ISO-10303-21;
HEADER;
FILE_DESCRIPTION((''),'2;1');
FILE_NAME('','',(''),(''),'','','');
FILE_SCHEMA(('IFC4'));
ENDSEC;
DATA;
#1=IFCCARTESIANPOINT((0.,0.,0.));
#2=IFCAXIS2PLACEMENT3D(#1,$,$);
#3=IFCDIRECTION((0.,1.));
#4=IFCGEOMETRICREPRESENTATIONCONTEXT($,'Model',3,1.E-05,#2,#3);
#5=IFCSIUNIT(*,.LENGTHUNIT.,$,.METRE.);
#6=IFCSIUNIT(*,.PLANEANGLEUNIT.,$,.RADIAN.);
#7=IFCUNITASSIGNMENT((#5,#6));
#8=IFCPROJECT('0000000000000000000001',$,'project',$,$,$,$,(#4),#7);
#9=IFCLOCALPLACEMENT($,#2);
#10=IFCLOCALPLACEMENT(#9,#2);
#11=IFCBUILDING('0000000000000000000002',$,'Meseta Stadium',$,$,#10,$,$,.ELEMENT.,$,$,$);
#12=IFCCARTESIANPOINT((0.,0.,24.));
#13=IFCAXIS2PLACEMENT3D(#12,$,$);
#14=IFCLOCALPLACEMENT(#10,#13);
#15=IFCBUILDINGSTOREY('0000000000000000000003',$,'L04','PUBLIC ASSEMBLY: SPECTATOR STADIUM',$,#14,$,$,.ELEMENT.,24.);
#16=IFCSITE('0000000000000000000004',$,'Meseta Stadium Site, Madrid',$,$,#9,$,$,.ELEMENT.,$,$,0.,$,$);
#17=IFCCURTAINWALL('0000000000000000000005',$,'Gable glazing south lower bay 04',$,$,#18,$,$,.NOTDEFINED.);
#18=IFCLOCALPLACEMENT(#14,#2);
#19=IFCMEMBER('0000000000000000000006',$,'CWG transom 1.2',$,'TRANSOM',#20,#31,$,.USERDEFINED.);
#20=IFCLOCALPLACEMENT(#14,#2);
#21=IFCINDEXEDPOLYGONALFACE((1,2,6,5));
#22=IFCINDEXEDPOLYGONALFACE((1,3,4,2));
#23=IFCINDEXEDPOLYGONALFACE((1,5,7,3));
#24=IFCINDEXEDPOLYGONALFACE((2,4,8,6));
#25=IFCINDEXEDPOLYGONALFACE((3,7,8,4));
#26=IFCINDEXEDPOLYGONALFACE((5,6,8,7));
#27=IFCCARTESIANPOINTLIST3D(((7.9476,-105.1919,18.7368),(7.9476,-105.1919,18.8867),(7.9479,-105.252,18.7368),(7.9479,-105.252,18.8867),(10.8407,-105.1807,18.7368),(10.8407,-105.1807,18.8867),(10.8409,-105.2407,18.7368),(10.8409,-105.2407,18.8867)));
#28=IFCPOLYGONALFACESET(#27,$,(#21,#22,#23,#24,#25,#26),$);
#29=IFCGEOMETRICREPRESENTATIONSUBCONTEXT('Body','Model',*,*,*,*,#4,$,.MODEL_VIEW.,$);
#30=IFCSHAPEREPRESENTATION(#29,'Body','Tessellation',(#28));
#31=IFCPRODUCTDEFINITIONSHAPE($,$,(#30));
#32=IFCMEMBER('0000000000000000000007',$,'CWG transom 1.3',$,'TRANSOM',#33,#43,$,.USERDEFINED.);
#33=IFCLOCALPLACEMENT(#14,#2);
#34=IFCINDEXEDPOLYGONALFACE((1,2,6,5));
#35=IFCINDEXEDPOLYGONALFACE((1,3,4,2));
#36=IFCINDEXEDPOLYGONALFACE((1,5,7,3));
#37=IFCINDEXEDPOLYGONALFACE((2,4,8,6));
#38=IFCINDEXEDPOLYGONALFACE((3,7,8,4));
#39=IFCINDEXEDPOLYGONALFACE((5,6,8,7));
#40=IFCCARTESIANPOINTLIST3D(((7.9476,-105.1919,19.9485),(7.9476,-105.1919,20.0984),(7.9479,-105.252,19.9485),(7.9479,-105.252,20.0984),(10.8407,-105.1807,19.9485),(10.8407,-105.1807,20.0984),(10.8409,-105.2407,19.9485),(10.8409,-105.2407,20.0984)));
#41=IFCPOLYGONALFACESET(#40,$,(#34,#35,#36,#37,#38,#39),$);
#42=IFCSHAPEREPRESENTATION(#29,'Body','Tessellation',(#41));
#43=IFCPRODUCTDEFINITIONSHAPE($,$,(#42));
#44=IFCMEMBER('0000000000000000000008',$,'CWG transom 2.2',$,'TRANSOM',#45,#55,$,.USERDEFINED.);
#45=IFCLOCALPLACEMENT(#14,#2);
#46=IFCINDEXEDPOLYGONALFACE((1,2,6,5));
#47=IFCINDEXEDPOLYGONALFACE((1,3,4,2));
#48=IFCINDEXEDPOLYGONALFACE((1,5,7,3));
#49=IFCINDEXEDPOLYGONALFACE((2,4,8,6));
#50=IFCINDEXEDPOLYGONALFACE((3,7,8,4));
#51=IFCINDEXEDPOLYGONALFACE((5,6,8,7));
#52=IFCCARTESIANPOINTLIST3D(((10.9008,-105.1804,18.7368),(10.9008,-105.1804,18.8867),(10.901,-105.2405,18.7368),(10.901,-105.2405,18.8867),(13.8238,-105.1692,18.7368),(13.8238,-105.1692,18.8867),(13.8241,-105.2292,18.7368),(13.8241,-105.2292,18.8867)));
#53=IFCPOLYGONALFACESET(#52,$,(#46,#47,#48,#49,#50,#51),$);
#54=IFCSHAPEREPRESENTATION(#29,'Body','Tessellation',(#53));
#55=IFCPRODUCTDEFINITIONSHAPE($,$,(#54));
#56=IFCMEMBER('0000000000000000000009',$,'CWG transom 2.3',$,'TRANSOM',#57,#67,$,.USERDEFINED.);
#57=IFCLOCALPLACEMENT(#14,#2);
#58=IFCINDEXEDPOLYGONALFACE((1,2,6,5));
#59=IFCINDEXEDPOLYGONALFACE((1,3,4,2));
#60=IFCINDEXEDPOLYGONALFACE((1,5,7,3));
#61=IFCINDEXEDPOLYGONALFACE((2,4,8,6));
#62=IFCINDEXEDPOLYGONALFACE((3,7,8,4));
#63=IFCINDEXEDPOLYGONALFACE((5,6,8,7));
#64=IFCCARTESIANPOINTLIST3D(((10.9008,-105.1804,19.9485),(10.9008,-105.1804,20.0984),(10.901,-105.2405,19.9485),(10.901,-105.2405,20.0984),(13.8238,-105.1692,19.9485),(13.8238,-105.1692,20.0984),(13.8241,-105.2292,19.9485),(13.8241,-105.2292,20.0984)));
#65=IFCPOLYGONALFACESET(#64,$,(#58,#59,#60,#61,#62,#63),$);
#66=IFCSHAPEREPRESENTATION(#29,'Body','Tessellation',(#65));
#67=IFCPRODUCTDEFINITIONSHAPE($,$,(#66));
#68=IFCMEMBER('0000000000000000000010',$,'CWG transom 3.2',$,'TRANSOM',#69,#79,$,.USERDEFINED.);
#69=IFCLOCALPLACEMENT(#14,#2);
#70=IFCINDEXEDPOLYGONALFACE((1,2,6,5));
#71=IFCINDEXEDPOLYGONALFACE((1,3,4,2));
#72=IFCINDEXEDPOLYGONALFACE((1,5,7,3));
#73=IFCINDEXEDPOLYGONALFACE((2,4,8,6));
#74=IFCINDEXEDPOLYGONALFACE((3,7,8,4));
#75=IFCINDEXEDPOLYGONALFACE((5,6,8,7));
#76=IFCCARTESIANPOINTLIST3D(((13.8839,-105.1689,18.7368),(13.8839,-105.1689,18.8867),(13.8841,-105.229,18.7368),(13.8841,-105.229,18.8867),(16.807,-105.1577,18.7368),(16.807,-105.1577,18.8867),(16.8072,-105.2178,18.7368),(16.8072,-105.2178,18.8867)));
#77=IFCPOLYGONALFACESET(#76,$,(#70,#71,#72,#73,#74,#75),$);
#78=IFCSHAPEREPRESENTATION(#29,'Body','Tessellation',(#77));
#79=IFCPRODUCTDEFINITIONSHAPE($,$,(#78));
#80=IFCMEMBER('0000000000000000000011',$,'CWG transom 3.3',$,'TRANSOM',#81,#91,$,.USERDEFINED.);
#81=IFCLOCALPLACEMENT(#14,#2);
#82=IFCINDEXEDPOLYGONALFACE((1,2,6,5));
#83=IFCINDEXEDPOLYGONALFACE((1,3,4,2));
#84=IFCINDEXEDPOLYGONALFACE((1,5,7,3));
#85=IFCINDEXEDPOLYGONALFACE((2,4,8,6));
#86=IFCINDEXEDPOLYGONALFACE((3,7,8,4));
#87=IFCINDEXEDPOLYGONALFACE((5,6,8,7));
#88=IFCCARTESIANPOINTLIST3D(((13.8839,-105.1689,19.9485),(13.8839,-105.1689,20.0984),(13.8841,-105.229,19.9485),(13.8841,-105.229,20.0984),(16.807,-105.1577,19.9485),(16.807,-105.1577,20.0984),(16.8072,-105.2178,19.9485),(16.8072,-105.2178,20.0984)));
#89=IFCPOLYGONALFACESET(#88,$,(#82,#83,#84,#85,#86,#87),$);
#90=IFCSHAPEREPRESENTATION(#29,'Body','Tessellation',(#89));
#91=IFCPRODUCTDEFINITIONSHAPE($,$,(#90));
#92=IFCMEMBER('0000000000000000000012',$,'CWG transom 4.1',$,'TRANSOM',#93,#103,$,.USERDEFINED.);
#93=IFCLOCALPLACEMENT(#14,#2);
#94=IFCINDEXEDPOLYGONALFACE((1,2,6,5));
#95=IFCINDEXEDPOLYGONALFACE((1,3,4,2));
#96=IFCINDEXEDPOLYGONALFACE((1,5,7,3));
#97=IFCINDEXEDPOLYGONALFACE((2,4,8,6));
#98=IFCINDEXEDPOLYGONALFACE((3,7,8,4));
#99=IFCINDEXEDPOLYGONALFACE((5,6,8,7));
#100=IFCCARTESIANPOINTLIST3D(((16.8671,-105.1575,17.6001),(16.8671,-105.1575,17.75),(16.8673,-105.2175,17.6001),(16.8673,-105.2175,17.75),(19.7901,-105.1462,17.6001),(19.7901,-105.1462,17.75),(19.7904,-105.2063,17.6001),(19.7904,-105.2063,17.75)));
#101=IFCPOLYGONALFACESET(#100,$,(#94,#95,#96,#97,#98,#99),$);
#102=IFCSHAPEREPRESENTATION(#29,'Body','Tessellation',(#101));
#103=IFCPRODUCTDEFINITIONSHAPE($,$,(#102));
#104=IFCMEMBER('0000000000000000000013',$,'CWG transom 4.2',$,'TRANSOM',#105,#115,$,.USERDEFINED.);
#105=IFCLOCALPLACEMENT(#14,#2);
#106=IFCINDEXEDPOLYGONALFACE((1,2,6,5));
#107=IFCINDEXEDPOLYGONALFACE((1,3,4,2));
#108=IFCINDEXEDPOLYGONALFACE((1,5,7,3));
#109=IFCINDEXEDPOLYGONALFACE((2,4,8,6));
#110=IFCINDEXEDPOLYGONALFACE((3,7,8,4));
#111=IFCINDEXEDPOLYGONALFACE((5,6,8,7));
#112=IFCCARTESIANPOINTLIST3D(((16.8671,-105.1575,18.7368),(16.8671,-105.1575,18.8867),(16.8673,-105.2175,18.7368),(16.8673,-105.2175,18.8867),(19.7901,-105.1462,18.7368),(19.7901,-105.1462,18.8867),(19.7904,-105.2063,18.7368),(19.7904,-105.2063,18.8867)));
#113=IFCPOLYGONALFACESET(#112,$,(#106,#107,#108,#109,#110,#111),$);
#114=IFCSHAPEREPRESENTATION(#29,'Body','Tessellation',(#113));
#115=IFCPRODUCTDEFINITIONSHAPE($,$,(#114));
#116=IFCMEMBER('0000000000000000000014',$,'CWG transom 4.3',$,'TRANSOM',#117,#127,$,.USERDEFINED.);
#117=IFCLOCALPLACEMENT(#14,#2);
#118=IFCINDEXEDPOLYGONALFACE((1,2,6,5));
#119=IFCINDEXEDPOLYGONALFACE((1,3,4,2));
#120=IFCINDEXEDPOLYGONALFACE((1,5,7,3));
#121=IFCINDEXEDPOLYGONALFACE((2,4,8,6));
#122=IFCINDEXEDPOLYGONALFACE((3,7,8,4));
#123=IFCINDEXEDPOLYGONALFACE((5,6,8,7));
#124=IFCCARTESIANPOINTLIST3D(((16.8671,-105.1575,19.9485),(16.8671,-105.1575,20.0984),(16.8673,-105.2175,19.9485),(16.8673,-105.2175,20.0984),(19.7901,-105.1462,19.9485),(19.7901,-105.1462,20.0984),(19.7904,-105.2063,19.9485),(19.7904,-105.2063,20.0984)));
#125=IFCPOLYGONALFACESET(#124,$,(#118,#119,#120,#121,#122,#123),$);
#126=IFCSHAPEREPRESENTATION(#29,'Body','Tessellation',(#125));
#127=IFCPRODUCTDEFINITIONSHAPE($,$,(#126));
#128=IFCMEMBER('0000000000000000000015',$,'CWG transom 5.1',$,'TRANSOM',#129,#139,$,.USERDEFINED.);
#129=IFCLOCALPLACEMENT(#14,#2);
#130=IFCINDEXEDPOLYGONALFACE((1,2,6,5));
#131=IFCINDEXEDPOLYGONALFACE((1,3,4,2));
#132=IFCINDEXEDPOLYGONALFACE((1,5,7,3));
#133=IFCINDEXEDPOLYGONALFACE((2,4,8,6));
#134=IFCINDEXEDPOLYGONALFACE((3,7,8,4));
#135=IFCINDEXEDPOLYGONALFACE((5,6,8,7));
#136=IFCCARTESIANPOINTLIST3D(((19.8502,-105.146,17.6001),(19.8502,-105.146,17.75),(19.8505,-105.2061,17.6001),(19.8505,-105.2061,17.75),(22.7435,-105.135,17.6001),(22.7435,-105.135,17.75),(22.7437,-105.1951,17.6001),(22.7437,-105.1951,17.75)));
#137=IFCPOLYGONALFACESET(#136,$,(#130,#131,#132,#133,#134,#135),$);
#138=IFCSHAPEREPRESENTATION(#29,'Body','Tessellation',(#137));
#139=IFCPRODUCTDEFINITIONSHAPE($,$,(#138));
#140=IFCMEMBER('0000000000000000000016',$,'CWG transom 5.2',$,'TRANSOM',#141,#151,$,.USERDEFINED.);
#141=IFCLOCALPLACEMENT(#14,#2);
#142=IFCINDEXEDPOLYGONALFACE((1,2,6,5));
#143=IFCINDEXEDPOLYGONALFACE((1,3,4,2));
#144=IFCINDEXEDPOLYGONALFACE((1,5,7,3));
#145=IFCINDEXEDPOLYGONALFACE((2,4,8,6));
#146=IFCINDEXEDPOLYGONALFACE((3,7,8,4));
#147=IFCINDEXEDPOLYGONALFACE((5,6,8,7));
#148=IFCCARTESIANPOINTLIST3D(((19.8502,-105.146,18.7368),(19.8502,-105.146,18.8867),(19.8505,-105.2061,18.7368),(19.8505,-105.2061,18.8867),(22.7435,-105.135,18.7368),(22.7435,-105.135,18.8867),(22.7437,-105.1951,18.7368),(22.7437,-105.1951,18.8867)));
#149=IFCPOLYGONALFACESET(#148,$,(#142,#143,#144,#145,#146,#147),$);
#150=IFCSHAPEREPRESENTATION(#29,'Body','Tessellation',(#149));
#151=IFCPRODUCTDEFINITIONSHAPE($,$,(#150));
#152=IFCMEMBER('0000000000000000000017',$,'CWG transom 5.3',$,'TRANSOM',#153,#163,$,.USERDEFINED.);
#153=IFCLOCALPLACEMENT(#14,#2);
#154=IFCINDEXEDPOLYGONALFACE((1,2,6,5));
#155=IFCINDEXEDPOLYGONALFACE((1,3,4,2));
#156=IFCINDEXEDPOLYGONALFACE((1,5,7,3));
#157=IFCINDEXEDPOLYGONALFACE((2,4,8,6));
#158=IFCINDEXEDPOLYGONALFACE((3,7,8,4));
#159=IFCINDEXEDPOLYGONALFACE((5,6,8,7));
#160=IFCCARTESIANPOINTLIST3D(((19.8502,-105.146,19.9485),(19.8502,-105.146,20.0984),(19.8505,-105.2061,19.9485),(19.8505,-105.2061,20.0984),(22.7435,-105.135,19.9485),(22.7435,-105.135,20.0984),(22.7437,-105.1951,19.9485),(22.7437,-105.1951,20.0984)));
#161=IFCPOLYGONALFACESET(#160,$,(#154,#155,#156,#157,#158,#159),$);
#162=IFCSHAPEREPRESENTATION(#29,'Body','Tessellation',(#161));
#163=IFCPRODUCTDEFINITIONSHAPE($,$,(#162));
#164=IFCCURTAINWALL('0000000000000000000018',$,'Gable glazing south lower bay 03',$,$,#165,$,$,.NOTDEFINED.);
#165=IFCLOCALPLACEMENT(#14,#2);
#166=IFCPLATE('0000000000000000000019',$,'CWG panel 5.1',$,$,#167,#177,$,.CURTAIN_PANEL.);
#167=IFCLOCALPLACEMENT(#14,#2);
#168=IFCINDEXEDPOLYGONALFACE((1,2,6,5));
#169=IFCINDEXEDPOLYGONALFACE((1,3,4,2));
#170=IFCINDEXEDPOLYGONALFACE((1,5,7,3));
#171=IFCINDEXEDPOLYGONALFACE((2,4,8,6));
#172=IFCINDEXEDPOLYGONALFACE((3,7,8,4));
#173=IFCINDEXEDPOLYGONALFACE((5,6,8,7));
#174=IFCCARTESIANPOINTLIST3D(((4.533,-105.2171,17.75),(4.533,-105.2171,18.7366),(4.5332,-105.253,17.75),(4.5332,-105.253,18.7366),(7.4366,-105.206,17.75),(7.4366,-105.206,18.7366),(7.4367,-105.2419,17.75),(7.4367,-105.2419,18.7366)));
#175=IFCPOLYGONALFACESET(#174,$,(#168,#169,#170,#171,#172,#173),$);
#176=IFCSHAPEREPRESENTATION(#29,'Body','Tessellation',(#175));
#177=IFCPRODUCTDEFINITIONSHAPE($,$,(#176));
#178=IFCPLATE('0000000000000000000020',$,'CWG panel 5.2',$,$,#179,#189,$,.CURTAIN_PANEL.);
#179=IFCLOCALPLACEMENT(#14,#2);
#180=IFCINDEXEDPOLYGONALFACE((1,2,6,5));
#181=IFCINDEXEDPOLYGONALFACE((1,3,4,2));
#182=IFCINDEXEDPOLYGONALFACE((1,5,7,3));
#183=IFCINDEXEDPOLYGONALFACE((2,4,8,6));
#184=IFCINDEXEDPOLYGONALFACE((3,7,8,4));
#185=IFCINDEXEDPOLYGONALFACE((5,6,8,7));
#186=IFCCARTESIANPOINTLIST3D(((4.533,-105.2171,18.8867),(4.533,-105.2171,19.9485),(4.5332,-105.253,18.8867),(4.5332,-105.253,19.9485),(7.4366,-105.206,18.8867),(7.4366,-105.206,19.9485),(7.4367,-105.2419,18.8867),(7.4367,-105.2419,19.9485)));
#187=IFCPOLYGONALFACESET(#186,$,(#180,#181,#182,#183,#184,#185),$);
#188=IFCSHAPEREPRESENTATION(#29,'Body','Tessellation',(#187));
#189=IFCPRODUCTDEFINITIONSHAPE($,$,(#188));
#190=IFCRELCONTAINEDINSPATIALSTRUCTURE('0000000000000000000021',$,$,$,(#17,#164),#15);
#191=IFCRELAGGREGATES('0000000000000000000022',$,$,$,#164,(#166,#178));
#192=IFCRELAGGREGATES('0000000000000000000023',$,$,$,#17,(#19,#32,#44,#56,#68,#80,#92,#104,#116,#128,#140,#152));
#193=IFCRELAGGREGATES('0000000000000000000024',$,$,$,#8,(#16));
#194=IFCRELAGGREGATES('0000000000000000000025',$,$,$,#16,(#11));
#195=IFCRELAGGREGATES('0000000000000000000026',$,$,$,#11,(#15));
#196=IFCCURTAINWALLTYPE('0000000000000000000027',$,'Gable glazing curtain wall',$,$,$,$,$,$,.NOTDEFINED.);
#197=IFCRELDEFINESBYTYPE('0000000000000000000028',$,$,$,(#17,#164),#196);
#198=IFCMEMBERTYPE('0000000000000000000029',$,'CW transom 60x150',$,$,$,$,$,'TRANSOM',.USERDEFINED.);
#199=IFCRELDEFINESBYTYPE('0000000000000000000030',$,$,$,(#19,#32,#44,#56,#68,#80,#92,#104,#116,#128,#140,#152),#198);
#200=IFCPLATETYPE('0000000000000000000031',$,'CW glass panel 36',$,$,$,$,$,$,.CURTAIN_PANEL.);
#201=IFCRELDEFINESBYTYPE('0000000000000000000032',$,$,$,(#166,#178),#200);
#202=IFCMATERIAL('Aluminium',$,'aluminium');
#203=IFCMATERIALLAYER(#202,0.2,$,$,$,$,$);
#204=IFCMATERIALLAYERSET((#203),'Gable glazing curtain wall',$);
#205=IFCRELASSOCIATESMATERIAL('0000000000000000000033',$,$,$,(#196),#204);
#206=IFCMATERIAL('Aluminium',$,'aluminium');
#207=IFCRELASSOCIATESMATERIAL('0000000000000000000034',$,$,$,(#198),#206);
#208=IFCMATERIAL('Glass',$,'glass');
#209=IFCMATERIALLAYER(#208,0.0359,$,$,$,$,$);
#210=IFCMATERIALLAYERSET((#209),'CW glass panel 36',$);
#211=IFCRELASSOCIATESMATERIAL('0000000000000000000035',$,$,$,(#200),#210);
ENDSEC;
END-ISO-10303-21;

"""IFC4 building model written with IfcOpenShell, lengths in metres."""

from ifc_helpers import new_model, si_unit, direction, frame, origin, origin_2d, place, context, subcontext, project, spatial, rectangle, extrude, material, layer, layer_set, material_profile, profile_set, type_object, element, aggregate, save


model = new_model("IFC4")

# Units and contexts
model_context = context("Model", 3, precision=1e-05, world=origin(), true_north=direction((0.0, 1.0)))
body_context = subcontext(model_context, "Body", "Model", "MODEL_VIEW")
ifc_project = project(units=[si_unit("LENGTHUNIT", "METRE"), si_unit("PLANEANGLEUNIT", "RADIAN")], contexts=[model_context])

# Site, building, storey
site_placement = place(None, origin())
site = spatial("IfcSite", under=ifc_project, at=site_placement, Name="Meseta Stadium Site, Madrid", CompositionType="ELEMENT", RefElevation=0.0)
building_placement = place(site_placement, origin())
building = spatial("IfcBuilding", under=site, at=building_placement, Name="Meseta Stadium", CompositionType="ELEMENT")
storey_placement = place(building_placement, frame((0.0, 0.0, 24.0)))
storey = spatial("IfcBuildingStorey", under=building, at=storey_placement, Name="L04", Description="PUBLIC ASSEMBLY: SPECTATOR STADIUM", CompositionType="ELEMENT", Elevation=24.0)

# Curtain wall, members
ifc_material_1 = material(Name="Aluminium", Category="aluminium")
ifc_layer_1 = layer(ifc_material_1, 0.2)
ifc_layer_set_1 = layer_set([ifc_layer_1], Name="Gable glazing curtain wall")
curtain_wall_type = type_object("IfcCurtainWallType", Name="Gable glazing curtain wall", PredefinedType="NOTDEFINED", material=ifc_layer_set_1)
curtain_wall_1_placement = place(storey_placement, origin())
curtain_wall_1 = element("IfcCurtainWall", 1, at=curtain_wall_1_placement, inside=storey, type_object=curtain_wall_type, Name="Gable glazing south lower bay 04", PredefinedType="NOTDEFINED")
ifc_material_2 = material(Name="Aluminium", Category="aluminium")
ifc_material_profile = material_profile(ifc_material_2, rectangle(XDim=0.0601, YDim=0.1499, at=origin_2d()), Name="CW 60x150")
ifc_profile_set = profile_set([ifc_material_profile], Name="Aluminium")
member_type = type_object("IfcMemberType", Name="CW transom 60x150", ElementType="TRANSOM", PredefinedType="USERDEFINED", material=ifc_profile_set)
member_1_placement = place(storey_placement, frame((7.9478, -105.2219, 18.8118), z_axis=(0.999992, 0.003882, 0.0), x_axis=(-0.003882, 0.999992, 0.0)))
member_1 = element("IfcMember", 2, at=member_1_placement, type_object=member_type, Name="CWG transom 1.2", ObjectType="TRANSOM", PredefinedType="USERDEFINED", context=body_context, shape_type="SweptSolid", body=[
    extrude(rectangle(XDim=0.0601, YDim=0.1499, at=origin_2d()), origin(), (0.0, 0.0, 1.0), 2.8931),
])
member_2_placement = place(storey_placement, frame((7.9478, -105.2219, 20.0234), z_axis=(0.999992, 0.003882, 0.0), x_axis=(-0.003882, 0.999992, 0.0)))
member_2 = element("IfcMember", 3, at=member_2_placement, type_object=member_type, Name="CWG transom 1.3", ObjectType="TRANSOM", PredefinedType="USERDEFINED", context=body_context, shape_type="SweptSolid", body=[
    extrude(rectangle(XDim=0.0601, YDim=0.1499, at=origin_2d()), origin(), (0.0, 0.0, 1.0), 2.8931),
])
member_3_placement = place(storey_placement, frame((10.9009, -105.2104, 18.8118), z_axis=(0.999993, 0.003842, 0.0), x_axis=(-0.003842, 0.999993, 0.0)))
member_3 = element("IfcMember", 4, at=member_3_placement, type_object=member_type, Name="CWG transom 2.2", ObjectType="TRANSOM", PredefinedType="USERDEFINED", context=body_context, shape_type="SweptSolid", body=[
    extrude(rectangle(XDim=0.0601, YDim=0.1499, at=origin_2d()), origin(), (0.0, 0.0, 1.0), 2.9231),
])
member_4_placement = place(storey_placement, frame((10.9009, -105.2104, 20.0234), z_axis=(0.999993, 0.003842, 0.0), x_axis=(-0.003842, 0.999993, 0.0)))
member_4 = element("IfcMember", 5, at=member_4_placement, type_object=member_type, Name="CWG transom 2.3", ObjectType="TRANSOM", PredefinedType="USERDEFINED", context=body_context, shape_type="SweptSolid", body=[
    extrude(rectangle(XDim=0.0601, YDim=0.1499, at=origin_2d()), origin(), (0.0, 0.0, 1.0), 2.9231),
])
member_5_placement = place(storey_placement, frame((13.884, -105.199, 18.8118), z_axis=(0.999993, 0.003842, 0.0), x_axis=(-0.003842, 0.999993, 0.0)))
member_5 = element("IfcMember", 6, at=member_5_placement, type_object=member_type, Name="CWG transom 3.2", ObjectType="TRANSOM", PredefinedType="USERDEFINED", context=body_context, shape_type="SweptSolid", body=[
    extrude(rectangle(XDim=0.0601, YDim=0.1499, at=origin_2d()), origin(), (0.0, 0.0, 1.0), 2.9231),
])
member_6_placement = place(storey_placement, frame((13.884, -105.199, 20.0234), z_axis=(0.999993, 0.003842, 0.0), x_axis=(-0.003842, 0.999993, 0.0)))
member_6 = element("IfcMember", 7, at=member_6_placement, type_object=member_type, Name="CWG transom 3.3", ObjectType="TRANSOM", PredefinedType="USERDEFINED", context=body_context, shape_type="SweptSolid", body=[
    extrude(rectangle(XDim=0.0601, YDim=0.1499, at=origin_2d()), origin(), (0.0, 0.0, 1.0), 2.9231),
])
member_7_placement = place(storey_placement, frame((16.8672, -105.1875, 17.675), z_axis=(0.999993, 0.003842, 0.0), x_axis=(-0.003842, 0.999993, 0.0)))
member_7 = element("IfcMember", 8, at=member_7_placement, type_object=member_type, Name="CWG transom 4.1", ObjectType="TRANSOM", PredefinedType="USERDEFINED", context=body_context, shape_type="SweptSolid", body=[
    extrude(rectangle(XDim=0.0601, YDim=0.1499, at=origin_2d()), origin(), (0.0, 0.0, 1.0), 2.9231),
])
member_8_placement = place(storey_placement, frame((16.8672, -105.1875, 18.8118), z_axis=(0.999993, 0.003842, 0.0), x_axis=(-0.003842, 0.999993, 0.0)))
member_8 = element("IfcMember", 9, at=member_8_placement, type_object=member_type, Name="CWG transom 4.2", ObjectType="TRANSOM", PredefinedType="USERDEFINED", context=body_context, shape_type="SweptSolid", body=[
    extrude(rectangle(XDim=0.0601, YDim=0.1499, at=origin_2d()), origin(), (0.0, 0.0, 1.0), 2.9231),
])
member_9_placement = place(storey_placement, frame((16.8672, -105.1875, 20.0234), z_axis=(0.999993, 0.003842, 0.0), x_axis=(-0.003842, 0.999993, 0.0)))
member_9 = element("IfcMember", 10, at=member_9_placement, type_object=member_type, Name="CWG transom 4.3", ObjectType="TRANSOM", PredefinedType="USERDEFINED", context=body_context, shape_type="SweptSolid", body=[
    extrude(rectangle(XDim=0.0601, YDim=0.1499, at=origin_2d()), origin(), (0.0, 0.0, 1.0), 2.9231),
])
member_10_placement = place(storey_placement, frame((19.8503, -105.176, 17.675), z_axis=(0.999993, 0.003797, 0.0), x_axis=(-0.003797, 0.999993, 0.0)))
member_10 = element("IfcMember", 11, at=member_10_placement, type_object=member_type, Name="CWG transom 5.1", ObjectType="TRANSOM", PredefinedType="USERDEFINED", context=body_context, shape_type="SweptSolid", body=[
    extrude(rectangle(XDim=0.0601, YDim=0.1499, at=origin_2d()), origin(), (0.0, 0.0, 1.0), 2.8933),
])
member_11_placement = place(storey_placement, frame((19.8503, -105.176, 18.8118), z_axis=(0.999993, 0.003797, 0.0), x_axis=(-0.003797, 0.999993, 0.0)))
member_11 = element("IfcMember", 12, at=member_11_placement, type_object=member_type, Name="CWG transom 5.2", ObjectType="TRANSOM", PredefinedType="USERDEFINED", context=body_context, shape_type="SweptSolid", body=[
    extrude(rectangle(XDim=0.0601, YDim=0.1499, at=origin_2d()), origin(), (0.0, 0.0, 1.0), 2.8933),
])
member_12_placement = place(storey_placement, frame((19.8503, -105.176, 20.0234), z_axis=(0.999993, 0.003797, 0.0), x_axis=(-0.003797, 0.999993, 0.0)))
member_12 = element("IfcMember", 13, at=member_12_placement, type_object=member_type, Name="CWG transom 5.3", ObjectType="TRANSOM", PredefinedType="USERDEFINED", context=body_context, shape_type="SweptSolid", body=[
    extrude(rectangle(XDim=0.0601, YDim=0.1499, at=origin_2d()), origin(), (0.0, 0.0, 1.0), 2.8933),
])

# Curtain wall, plates
curtain_wall_2_placement = place(storey_placement, origin())
curtain_wall_2 = element("IfcCurtainWall", 14, at=curtain_wall_2_placement, inside=storey, type_object=curtain_wall_type, Name="Gable glazing south lower bay 03", PredefinedType="NOTDEFINED")
ifc_material_3 = material(Name="Glass", Category="glass")
ifc_layer_2 = layer(ifc_material_3, 0.0359)
ifc_layer_set_2 = layer_set([ifc_layer_2], Name="CW glass panel 36")
plate_type = type_object("IfcPlateType", Name="CW glass panel 36", PredefinedType="CURTAIN_PANEL", material=ifc_layer_set_2)
plate_1_placement = place(storey_placement, frame((5.9849, -105.2295, 17.75), z_axis=(0.0, 0.0, 1.0), x_axis=(0.999993, 0.003848, 0.0)))
plate_1 = element("IfcPlate", 15, at=plate_1_placement, type_object=plate_type, Name="CWG panel 5.1", PredefinedType="CURTAIN_PANEL", context=body_context, shape_type="SweptSolid", body=[
    extrude(rectangle(XDim=2.9036, YDim=0.0359, at=origin_2d()), origin(), (0.0, 0.0, 1.0), 0.9866),
])
plate_2_placement = place(storey_placement, frame((5.9849, -105.2295, 18.8867), z_axis=(0.0, 0.0, 1.0), x_axis=(0.999993, 0.003848, 0.0)))
plate_2 = element("IfcPlate", 16, at=plate_2_placement, type_object=plate_type, Name="CWG panel 5.2", PredefinedType="CURTAIN_PANEL", context=body_context, shape_type="SweptSolid", body=[
    extrude(rectangle(XDim=2.9036, YDim=0.0359, at=origin_2d()), origin(), (0.0, 0.0, 1.0), 1.0618),
])
aggregate(curtain_wall_2, [plate_1, plate_2])

aggregate(curtain_wall_1, [member_1, member_2, member_3, member_4, member_5, member_6, member_7, member_8, member_9, member_10, member_11, member_12])

save(model, "model.ifc")
